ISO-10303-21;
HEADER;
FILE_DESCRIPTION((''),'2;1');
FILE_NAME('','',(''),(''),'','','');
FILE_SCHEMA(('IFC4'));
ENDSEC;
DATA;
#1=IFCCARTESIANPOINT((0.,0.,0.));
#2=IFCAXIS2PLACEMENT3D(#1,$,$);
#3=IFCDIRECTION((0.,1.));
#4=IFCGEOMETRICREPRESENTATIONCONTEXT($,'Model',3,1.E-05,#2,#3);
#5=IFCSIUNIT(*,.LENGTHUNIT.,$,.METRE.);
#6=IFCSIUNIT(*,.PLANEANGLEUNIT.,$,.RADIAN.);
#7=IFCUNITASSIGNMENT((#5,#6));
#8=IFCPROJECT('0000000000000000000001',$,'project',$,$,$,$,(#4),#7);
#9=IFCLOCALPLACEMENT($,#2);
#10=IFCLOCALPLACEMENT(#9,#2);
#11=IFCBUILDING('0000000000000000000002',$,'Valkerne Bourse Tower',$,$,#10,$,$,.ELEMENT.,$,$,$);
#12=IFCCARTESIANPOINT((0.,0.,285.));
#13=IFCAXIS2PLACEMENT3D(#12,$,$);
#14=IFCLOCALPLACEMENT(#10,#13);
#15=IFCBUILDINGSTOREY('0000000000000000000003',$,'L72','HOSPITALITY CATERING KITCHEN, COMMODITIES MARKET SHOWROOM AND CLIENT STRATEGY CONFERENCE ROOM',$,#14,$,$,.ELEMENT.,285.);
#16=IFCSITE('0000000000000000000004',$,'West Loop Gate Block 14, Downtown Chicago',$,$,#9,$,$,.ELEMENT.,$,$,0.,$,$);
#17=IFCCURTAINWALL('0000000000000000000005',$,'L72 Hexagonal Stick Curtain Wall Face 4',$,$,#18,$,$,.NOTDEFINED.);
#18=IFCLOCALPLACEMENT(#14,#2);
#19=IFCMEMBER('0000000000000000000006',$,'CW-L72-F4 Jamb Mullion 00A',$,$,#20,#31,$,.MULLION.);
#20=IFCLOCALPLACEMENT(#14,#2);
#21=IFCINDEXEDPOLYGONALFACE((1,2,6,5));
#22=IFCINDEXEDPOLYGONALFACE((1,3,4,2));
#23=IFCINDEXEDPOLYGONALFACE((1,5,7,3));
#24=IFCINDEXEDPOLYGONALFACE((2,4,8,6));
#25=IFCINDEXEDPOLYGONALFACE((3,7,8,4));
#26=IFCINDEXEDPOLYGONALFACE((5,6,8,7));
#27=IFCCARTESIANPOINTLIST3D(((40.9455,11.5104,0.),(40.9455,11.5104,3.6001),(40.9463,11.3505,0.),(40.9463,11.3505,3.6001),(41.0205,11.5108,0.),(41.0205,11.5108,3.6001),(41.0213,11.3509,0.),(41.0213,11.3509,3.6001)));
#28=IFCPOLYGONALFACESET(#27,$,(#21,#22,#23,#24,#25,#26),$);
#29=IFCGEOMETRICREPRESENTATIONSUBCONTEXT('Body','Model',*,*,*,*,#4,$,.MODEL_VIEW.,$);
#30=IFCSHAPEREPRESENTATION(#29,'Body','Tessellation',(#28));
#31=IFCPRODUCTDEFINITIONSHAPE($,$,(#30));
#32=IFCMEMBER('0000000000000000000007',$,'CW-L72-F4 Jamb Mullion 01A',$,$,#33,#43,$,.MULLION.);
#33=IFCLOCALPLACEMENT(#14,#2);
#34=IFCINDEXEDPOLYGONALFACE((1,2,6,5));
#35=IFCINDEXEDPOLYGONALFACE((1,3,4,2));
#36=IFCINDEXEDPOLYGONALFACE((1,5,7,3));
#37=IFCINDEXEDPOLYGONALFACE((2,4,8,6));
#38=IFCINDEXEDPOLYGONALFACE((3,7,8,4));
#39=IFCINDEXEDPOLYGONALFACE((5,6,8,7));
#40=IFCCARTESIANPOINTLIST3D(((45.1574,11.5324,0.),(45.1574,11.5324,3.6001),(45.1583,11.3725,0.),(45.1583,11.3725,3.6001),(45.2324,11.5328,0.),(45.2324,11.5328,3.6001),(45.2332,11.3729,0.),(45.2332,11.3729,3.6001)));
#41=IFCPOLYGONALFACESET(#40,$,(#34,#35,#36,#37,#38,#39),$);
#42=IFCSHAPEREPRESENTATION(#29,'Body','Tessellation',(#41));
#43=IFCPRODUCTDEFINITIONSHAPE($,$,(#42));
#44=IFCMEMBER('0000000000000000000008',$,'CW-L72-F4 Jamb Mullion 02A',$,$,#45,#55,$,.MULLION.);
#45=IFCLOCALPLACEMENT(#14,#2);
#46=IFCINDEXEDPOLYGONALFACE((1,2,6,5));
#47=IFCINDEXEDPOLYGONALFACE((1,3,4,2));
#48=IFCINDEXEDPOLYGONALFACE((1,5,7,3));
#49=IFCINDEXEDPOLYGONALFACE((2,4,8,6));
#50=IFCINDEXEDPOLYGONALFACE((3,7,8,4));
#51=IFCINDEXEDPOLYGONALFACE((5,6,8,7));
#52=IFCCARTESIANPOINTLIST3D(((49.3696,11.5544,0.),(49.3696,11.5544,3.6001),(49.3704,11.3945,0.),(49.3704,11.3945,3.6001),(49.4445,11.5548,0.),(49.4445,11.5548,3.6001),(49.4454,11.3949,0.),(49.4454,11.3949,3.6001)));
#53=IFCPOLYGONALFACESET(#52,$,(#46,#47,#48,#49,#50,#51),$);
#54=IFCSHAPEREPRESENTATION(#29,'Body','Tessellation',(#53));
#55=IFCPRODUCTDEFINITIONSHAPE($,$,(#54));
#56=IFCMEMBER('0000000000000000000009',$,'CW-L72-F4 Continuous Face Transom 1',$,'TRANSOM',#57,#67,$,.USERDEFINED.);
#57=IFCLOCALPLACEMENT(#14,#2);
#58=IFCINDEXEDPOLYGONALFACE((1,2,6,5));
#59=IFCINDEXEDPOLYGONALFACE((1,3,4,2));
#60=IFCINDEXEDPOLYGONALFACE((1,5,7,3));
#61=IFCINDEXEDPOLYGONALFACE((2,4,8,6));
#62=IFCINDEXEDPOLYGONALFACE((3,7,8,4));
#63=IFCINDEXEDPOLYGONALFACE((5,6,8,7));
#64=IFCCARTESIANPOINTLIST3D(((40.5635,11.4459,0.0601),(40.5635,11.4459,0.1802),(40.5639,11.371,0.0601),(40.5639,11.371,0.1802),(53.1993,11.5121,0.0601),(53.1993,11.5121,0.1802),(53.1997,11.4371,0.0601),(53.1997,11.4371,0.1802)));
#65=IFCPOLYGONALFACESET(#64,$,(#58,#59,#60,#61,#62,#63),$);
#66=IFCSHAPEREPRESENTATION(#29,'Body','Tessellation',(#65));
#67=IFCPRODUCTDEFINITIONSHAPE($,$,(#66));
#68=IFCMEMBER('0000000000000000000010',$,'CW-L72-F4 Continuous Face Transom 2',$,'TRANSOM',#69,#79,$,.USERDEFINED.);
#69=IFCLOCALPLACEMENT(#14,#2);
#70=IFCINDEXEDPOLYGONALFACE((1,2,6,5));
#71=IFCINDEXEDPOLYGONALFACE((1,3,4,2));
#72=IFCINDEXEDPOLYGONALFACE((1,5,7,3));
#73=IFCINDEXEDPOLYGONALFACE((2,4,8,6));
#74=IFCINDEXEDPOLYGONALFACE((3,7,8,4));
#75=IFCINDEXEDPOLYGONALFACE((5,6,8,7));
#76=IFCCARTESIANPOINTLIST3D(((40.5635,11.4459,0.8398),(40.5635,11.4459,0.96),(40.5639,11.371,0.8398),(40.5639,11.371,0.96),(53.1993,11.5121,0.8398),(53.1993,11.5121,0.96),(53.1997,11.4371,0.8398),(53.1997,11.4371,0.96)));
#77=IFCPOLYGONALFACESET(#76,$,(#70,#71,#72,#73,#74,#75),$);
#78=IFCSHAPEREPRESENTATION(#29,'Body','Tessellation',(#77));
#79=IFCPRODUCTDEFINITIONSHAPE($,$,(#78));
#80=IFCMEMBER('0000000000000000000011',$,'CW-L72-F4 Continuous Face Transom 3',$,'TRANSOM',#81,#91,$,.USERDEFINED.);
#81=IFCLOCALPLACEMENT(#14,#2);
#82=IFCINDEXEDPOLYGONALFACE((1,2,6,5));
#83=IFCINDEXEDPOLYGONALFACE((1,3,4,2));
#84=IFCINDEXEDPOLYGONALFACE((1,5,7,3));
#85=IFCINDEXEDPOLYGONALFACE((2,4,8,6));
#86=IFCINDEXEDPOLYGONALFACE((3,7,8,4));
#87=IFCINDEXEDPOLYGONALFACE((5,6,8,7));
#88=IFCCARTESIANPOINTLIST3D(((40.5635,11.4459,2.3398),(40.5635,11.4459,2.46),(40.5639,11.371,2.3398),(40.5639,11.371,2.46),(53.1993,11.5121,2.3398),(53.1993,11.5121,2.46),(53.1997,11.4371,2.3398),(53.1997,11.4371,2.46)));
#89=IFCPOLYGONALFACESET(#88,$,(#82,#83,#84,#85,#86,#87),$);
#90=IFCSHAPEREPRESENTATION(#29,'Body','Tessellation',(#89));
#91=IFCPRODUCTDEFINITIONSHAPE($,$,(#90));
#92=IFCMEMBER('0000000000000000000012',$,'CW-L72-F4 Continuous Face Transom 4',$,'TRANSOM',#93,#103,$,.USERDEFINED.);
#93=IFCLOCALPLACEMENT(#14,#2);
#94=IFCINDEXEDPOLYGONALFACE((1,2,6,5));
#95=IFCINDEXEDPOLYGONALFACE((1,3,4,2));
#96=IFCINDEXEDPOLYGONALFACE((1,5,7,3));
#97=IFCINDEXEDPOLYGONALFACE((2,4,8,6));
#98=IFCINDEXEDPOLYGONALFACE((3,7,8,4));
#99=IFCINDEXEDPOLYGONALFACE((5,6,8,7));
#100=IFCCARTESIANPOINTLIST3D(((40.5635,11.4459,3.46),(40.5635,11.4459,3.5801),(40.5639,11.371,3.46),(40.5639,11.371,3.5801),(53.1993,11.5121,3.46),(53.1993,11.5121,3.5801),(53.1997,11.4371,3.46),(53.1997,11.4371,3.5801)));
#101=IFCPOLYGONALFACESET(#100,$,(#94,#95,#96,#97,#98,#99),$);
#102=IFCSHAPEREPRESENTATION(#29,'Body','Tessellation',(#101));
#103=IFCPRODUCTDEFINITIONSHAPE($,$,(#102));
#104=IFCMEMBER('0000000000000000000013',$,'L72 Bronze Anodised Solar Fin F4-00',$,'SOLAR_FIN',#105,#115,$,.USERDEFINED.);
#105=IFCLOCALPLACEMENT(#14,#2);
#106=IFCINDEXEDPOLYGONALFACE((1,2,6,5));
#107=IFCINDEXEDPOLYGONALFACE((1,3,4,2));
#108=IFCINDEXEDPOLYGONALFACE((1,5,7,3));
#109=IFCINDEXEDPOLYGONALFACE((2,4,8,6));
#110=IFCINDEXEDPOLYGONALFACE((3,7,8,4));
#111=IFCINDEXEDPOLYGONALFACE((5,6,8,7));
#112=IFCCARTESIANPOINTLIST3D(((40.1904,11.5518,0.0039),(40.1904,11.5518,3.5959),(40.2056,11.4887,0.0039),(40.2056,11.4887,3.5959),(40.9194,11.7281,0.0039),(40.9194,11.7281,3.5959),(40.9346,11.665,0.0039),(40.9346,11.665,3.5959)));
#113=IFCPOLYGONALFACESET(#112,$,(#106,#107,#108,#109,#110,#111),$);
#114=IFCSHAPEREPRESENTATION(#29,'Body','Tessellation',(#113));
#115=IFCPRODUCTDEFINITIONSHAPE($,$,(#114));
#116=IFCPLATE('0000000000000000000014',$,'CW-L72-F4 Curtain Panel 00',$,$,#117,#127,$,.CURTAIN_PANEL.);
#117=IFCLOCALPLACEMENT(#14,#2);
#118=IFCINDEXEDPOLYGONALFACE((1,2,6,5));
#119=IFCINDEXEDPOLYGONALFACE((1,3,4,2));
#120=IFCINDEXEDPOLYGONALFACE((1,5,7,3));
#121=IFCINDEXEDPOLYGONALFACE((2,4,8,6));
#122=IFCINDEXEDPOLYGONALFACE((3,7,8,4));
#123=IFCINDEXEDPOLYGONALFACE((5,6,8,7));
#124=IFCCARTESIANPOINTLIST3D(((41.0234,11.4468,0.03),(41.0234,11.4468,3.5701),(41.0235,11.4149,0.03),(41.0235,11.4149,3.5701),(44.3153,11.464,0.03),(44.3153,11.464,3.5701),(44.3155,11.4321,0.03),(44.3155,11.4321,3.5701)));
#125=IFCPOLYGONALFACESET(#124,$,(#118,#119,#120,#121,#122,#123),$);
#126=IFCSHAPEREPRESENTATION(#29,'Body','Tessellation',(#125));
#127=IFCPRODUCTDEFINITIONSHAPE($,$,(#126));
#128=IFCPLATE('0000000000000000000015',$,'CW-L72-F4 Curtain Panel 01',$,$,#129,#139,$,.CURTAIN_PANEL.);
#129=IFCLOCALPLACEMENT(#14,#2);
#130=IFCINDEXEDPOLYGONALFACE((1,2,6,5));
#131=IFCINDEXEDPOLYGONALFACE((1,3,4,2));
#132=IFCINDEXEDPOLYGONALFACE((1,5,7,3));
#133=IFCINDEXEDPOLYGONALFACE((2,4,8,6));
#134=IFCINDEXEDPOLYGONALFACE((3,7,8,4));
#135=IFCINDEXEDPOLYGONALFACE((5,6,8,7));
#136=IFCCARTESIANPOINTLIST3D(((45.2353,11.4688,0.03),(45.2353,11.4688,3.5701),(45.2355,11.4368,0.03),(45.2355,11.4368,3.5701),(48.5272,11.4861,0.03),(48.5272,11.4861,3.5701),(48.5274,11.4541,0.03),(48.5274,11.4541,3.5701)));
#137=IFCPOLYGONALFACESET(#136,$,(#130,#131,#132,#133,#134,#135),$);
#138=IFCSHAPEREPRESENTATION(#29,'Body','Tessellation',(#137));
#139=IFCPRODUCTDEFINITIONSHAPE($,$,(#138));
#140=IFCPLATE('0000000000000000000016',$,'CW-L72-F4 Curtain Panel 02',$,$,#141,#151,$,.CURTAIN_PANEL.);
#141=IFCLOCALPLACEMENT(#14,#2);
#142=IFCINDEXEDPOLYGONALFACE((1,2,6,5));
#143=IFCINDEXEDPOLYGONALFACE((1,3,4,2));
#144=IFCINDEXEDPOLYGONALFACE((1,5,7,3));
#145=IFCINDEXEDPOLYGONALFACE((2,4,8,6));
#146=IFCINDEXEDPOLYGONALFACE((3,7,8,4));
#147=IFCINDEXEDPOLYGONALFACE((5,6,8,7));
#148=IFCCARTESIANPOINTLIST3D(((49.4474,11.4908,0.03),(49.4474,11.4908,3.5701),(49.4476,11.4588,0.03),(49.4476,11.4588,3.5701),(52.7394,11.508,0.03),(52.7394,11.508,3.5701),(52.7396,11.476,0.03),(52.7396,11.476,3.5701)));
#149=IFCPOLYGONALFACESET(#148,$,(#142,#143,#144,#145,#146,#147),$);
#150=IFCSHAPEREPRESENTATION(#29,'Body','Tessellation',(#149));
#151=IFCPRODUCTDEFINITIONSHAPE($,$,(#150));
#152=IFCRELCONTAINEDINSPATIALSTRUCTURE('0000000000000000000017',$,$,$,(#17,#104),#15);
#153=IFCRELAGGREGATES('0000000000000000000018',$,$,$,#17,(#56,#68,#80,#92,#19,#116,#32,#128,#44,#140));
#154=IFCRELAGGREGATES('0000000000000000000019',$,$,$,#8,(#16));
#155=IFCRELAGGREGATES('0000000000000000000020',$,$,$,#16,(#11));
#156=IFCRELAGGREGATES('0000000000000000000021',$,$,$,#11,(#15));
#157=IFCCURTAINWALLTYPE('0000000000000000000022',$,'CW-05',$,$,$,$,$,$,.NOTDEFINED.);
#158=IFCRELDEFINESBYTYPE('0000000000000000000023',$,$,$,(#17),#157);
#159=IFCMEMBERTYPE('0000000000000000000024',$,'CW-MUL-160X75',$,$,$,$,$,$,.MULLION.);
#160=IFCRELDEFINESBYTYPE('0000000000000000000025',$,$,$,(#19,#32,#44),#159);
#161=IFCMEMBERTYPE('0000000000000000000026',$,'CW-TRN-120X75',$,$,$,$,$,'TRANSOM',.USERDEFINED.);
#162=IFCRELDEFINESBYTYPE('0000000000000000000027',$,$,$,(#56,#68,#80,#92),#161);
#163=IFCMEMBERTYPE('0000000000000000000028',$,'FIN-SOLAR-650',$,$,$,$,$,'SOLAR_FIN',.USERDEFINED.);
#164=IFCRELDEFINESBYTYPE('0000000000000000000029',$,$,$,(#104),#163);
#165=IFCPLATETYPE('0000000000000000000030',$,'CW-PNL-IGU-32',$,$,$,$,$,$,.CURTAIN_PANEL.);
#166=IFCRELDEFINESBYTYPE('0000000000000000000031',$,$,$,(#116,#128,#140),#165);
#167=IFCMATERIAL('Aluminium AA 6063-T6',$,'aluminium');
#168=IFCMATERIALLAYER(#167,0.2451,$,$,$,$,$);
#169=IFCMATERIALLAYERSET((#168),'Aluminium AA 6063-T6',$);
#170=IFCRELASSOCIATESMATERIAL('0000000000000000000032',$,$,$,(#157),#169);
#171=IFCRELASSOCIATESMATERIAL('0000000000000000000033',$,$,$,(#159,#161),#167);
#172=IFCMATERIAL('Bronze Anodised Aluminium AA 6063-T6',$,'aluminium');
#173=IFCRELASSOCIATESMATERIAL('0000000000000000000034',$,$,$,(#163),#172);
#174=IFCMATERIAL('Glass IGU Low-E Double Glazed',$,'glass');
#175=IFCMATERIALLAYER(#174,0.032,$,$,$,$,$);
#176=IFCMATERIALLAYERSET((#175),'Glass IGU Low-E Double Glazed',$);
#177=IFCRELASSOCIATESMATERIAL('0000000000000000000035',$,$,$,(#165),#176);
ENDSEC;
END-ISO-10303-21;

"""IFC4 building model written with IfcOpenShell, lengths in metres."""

from ifc_helpers import new_model, si_unit, direction, frame, origin, origin_2d, place, context, subcontext, project, spatial, rectangle, extrude, material, layer, layer_set, material_profile, profile_set, type_object, element, aggregate, save


model = new_model("IFC4")

# Units and contexts
model_context = context("Model", 3, precision=1e-05, world=origin(), true_north=direction((0.0, 1.0)))
body_context = subcontext(model_context, "Body", "Model", "MODEL_VIEW")
ifc_project = project(units=[si_unit("LENGTHUNIT", "METRE"), si_unit("PLANEANGLEUNIT", "RADIAN")], contexts=[model_context])

# Site, building, storey
site_placement = place(None, origin())
site = spatial("IfcSite", under=ifc_project, at=site_placement, Name="West Loop Gate Block 14, Downtown Chicago", CompositionType="ELEMENT", RefElevation=0.0)
building_placement = place(site_placement, origin())
building = spatial("IfcBuilding", under=site, at=building_placement, Name="Valkerne Bourse Tower", CompositionType="ELEMENT")
storey_placement = place(building_placement, frame((0.0, 0.0, 285.0)))
storey = spatial("IfcBuildingStorey", under=building, at=storey_placement, Name="L72", Description="HOSPITALITY CATERING KITCHEN, COMMODITIES MARKET SHOWROOM AND CLIENT STRATEGY CONFERENCE ROOM", CompositionType="ELEMENT", Elevation=285.0)

# Curtain wall, members
ifc_material_1 = material(Name="Aluminium AA 6063-T6", Category="aluminium")
ifc_layer_1 = layer(ifc_material_1, 0.2451)
ifc_layer_set_1 = layer_set([ifc_layer_1], Name="Aluminium AA 6063-T6")
curtain_wall_type = type_object("IfcCurtainWallType", Name="CW-05", PredefinedType="NOTDEFINED", material=ifc_layer_set_1)
curtain_wall_placement = place(storey_placement, origin())
curtain_wall = element("IfcCurtainWall", 1, at=curtain_wall_placement, inside=storey, type_object=curtain_wall_type, Name="L72 Hexagonal Stick Curtain Wall Face 4", PredefinedType="NOTDEFINED")
ifc_material_profile_1 = material_profile(ifc_material_1, rectangle(XDim=0.075, YDim=0.1599, at=origin_2d()), Name="CWM-75X160")
ifc_profile_set_1 = profile_set([ifc_material_profile_1], Name="Aluminium AA 6063-T6")
member_type_1 = type_object("IfcMemberType", Name="CW-MUL-160X75", PredefinedType="MULLION", material=ifc_profile_set_1)
member_1_placement = place(storey_placement, frame((40.9834, 11.4307, 0.0), z_axis=(0.0, 0.0, 1.0), x_axis=(0.999986, 0.005223, 0.0)))
member_1 = element("IfcMember", 2, at=member_1_placement, type_object=member_type_1, Name="CW-L72-F4 Jamb Mullion 00A", PredefinedType="MULLION", context=body_context, shape_type="SweptSolid", body=[
    extrude(rectangle(XDim=0.075, YDim=0.1599, at=origin_2d()), origin(), (0.0, 0.0, 1.0), 3.6001),
])
member_2_placement = place(storey_placement, frame((45.1953, 11.4526, 0.0), z_axis=(0.0, 0.0, 1.0), x_axis=(0.999986, 0.005247, 0.0)))
member_2 = element("IfcMember", 3, at=member_2_placement, type_object=member_type_1, Name="CW-L72-F4 Jamb Mullion 01A", PredefinedType="MULLION", context=body_context, shape_type="SweptSolid", body=[
    extrude(rectangle(XDim=0.075, YDim=0.1599, at=origin_2d()), origin(), (0.0, 0.0, 1.0), 3.6001),
])
member_3_placement = place(storey_placement, frame((49.4075, 11.4746, 0.0), z_axis=(0.0, 0.0, 1.0), x_axis=(0.999986, 0.005223, 0.0)))
member_3 = element("IfcMember", 4, at=member_3_placement, type_object=member_type_1, Name="CW-L72-F4 Jamb Mullion 02A", PredefinedType="MULLION", context=body_context, shape_type="SweptSolid", body=[
    extrude(rectangle(XDim=0.075, YDim=0.1599, at=origin_2d()), origin(), (0.0, 0.0, 1.0), 3.6001),
])
ifc_material_profile_2 = material_profile(ifc_material_1, rectangle(XDim=0.075, YDim=0.1201, at=origin_2d()), Name="CWT-75X120")
ifc_profile_set_2 = profile_set([ifc_material_profile_2], Name="Aluminium AA 6063-T6")
member_type_2 = type_object("IfcMemberType", Name="CW-TRN-120X75", ElementType="TRANSOM", PredefinedType="USERDEFINED", material=ifc_profile_set_2)
member_4_placement = place(storey_placement, frame((40.5637, 11.4084, 0.1201), z_axis=(0.999986, 0.005236, 0.0), x_axis=(-0.005236, 0.999986, 0.0)))
member_4 = element("IfcMember", 5, at=member_4_placement, type_object=member_type_2, Name="CW-L72-F4 Continuous Face Transom 1", ObjectType="TRANSOM", PredefinedType="USERDEFINED", context=body_context, shape_type="SweptSolid", body=[
    extrude(rectangle(XDim=0.075, YDim=0.1201, at=origin_2d()), origin(), (0.0, 0.0, 1.0), 12.636),
])
member_5_placement = place(storey_placement, frame((40.5637, 11.4084, 0.8999), z_axis=(0.999986, 0.005236, 0.0), x_axis=(-0.005236, 0.999986, 0.0)))
member_5 = element("IfcMember", 6, at=member_5_placement, type_object=member_type_2, Name="CW-L72-F4 Continuous Face Transom 2", ObjectType="TRANSOM", PredefinedType="USERDEFINED", context=body_context, shape_type="SweptSolid", body=[
    extrude(rectangle(XDim=0.075, YDim=0.1201, at=origin_2d()), origin(), (0.0, 0.0, 1.0), 12.636),
])
member_6_placement = place(storey_placement, frame((40.5637, 11.4084, 2.3999), z_axis=(0.999986, 0.005236, 0.0), x_axis=(-0.005236, 0.999986, 0.0)))
member_6 = element("IfcMember", 7, at=member_6_placement, type_object=member_type_2, Name="CW-L72-F4 Continuous Face Transom 3", ObjectType="TRANSOM", PredefinedType="USERDEFINED", context=body_context, shape_type="SweptSolid", body=[
    extrude(rectangle(XDim=0.075, YDim=0.1201, at=origin_2d()), origin(), (0.0, 0.0, 1.0), 12.636),
])
member_7_placement = place(storey_placement, frame((40.5637, 11.4084, 3.52), z_axis=(0.999986, 0.005236, 0.0), x_axis=(-0.005236, 0.999986, 0.0)))
member_7 = element("IfcMember", 8, at=member_7_placement, type_object=member_type_2, Name="CW-L72-F4 Continuous Face Transom 4", ObjectType="TRANSOM", PredefinedType="USERDEFINED", context=body_context, shape_type="SweptSolid", body=[
    extrude(rectangle(XDim=0.075, YDim=0.1201, at=origin_2d()), origin(), (0.0, 0.0, 1.0), 12.636),
])

# Member
ifc_material_2 = material(Name="Bronze Anodised Aluminium AA 6063-T6", Category="aluminium")
ifc_material_profile_3 = material_profile(ifc_material_2, rectangle(XDim=0.0649, YDim=0.75, at=origin_2d()), Name="FIN-65X750")
ifc_profile_set_3 = profile_set([ifc_material_profile_3], Name="Bronze Anodised Aluminium AA 6063-T6")
member_type_3 = type_object("IfcMemberType", Name="FIN-SOLAR-650", ElementType="SOLAR_FIN", PredefinedType="USERDEFINED", material=ifc_profile_set_3)
member_8_placement = place(storey_placement, frame((40.5625, 11.6084, 0.0039), z_axis=(0.0, 0.0, 1.0), x_axis=(0.234994, -0.971997, 0.0)))
element("IfcMember", 9, at=member_8_placement, inside=storey, type_object=member_type_3, Name="L72 Bronze Anodised Solar Fin F4-00", ObjectType="SOLAR_FIN", PredefinedType="USERDEFINED", context=body_context, shape_type="SweptSolid", body=[
    extrude(rectangle(XDim=0.0649, YDim=0.75, at=origin_2d()), origin(), (0.0, 0.0, 1.0), 3.592),
])

# Plates
ifc_material_3 = material(Name="Glass IGU Low-E Double Glazed", Category="glass")
ifc_layer_2 = layer(ifc_material_3, 0.032)
ifc_layer_set_2 = layer_set([ifc_layer_2], Name="Glass IGU Low-E Double Glazed")
plate_type = type_object("IfcPlateType", Name="CW-PNL-IGU-32", PredefinedType="CURTAIN_PANEL", material=ifc_layer_set_2)
plate_1_placement = place(storey_placement, frame((42.6694, 11.4395, 0.03), z_axis=(0.0, 0.0, 1.0), x_axis=(0.999986, 0.005223, 0.0)))
plate_1 = element("IfcPlate", 10, at=plate_1_placement, type_object=plate_type, Name="CW-L72-F4 Curtain Panel 00", PredefinedType="CURTAIN_PANEL", context=body_context, shape_type="SweptSolid", body=[
    extrude(rectangle(XDim=3.292, YDim=0.032, at=origin_2d()), origin(), (0.0, 0.0, 1.0), 3.54),
])
plate_2_placement = place(storey_placement, frame((46.8813, 11.4614, 0.03), z_axis=(0.0, 0.0, 1.0), x_axis=(0.999986, 0.005247, 0.0)))
plate_2 = element("IfcPlate", 11, at=plate_2_placement, type_object=plate_type, Name="CW-L72-F4 Curtain Panel 01", PredefinedType="CURTAIN_PANEL", context=body_context, shape_type="SweptSolid", body=[
    extrude(rectangle(XDim=3.292, YDim=0.032, at=origin_2d()), origin(), (0.0, 0.0, 1.0), 3.54),
])
plate_3_placement = place(storey_placement, frame((51.0935, 11.4834, 0.03), z_axis=(0.0, 0.0, 1.0), x_axis=(0.999986, 0.005223, 0.0)))
plate_3 = element("IfcPlate", 12, at=plate_3_placement, type_object=plate_type, Name="CW-L72-F4 Curtain Panel 02", PredefinedType="CURTAIN_PANEL", context=body_context, shape_type="SweptSolid", body=[
    extrude(rectangle(XDim=3.292, YDim=0.032, at=origin_2d()), origin(), (0.0, 0.0, 1.0), 3.54),
])
aggregate(curtain_wall, [member_4, member_5, member_6, member_7, member_1, plate_1, member_2, plate_2, member_3, plate_3])

save(model, "model.ifc")
